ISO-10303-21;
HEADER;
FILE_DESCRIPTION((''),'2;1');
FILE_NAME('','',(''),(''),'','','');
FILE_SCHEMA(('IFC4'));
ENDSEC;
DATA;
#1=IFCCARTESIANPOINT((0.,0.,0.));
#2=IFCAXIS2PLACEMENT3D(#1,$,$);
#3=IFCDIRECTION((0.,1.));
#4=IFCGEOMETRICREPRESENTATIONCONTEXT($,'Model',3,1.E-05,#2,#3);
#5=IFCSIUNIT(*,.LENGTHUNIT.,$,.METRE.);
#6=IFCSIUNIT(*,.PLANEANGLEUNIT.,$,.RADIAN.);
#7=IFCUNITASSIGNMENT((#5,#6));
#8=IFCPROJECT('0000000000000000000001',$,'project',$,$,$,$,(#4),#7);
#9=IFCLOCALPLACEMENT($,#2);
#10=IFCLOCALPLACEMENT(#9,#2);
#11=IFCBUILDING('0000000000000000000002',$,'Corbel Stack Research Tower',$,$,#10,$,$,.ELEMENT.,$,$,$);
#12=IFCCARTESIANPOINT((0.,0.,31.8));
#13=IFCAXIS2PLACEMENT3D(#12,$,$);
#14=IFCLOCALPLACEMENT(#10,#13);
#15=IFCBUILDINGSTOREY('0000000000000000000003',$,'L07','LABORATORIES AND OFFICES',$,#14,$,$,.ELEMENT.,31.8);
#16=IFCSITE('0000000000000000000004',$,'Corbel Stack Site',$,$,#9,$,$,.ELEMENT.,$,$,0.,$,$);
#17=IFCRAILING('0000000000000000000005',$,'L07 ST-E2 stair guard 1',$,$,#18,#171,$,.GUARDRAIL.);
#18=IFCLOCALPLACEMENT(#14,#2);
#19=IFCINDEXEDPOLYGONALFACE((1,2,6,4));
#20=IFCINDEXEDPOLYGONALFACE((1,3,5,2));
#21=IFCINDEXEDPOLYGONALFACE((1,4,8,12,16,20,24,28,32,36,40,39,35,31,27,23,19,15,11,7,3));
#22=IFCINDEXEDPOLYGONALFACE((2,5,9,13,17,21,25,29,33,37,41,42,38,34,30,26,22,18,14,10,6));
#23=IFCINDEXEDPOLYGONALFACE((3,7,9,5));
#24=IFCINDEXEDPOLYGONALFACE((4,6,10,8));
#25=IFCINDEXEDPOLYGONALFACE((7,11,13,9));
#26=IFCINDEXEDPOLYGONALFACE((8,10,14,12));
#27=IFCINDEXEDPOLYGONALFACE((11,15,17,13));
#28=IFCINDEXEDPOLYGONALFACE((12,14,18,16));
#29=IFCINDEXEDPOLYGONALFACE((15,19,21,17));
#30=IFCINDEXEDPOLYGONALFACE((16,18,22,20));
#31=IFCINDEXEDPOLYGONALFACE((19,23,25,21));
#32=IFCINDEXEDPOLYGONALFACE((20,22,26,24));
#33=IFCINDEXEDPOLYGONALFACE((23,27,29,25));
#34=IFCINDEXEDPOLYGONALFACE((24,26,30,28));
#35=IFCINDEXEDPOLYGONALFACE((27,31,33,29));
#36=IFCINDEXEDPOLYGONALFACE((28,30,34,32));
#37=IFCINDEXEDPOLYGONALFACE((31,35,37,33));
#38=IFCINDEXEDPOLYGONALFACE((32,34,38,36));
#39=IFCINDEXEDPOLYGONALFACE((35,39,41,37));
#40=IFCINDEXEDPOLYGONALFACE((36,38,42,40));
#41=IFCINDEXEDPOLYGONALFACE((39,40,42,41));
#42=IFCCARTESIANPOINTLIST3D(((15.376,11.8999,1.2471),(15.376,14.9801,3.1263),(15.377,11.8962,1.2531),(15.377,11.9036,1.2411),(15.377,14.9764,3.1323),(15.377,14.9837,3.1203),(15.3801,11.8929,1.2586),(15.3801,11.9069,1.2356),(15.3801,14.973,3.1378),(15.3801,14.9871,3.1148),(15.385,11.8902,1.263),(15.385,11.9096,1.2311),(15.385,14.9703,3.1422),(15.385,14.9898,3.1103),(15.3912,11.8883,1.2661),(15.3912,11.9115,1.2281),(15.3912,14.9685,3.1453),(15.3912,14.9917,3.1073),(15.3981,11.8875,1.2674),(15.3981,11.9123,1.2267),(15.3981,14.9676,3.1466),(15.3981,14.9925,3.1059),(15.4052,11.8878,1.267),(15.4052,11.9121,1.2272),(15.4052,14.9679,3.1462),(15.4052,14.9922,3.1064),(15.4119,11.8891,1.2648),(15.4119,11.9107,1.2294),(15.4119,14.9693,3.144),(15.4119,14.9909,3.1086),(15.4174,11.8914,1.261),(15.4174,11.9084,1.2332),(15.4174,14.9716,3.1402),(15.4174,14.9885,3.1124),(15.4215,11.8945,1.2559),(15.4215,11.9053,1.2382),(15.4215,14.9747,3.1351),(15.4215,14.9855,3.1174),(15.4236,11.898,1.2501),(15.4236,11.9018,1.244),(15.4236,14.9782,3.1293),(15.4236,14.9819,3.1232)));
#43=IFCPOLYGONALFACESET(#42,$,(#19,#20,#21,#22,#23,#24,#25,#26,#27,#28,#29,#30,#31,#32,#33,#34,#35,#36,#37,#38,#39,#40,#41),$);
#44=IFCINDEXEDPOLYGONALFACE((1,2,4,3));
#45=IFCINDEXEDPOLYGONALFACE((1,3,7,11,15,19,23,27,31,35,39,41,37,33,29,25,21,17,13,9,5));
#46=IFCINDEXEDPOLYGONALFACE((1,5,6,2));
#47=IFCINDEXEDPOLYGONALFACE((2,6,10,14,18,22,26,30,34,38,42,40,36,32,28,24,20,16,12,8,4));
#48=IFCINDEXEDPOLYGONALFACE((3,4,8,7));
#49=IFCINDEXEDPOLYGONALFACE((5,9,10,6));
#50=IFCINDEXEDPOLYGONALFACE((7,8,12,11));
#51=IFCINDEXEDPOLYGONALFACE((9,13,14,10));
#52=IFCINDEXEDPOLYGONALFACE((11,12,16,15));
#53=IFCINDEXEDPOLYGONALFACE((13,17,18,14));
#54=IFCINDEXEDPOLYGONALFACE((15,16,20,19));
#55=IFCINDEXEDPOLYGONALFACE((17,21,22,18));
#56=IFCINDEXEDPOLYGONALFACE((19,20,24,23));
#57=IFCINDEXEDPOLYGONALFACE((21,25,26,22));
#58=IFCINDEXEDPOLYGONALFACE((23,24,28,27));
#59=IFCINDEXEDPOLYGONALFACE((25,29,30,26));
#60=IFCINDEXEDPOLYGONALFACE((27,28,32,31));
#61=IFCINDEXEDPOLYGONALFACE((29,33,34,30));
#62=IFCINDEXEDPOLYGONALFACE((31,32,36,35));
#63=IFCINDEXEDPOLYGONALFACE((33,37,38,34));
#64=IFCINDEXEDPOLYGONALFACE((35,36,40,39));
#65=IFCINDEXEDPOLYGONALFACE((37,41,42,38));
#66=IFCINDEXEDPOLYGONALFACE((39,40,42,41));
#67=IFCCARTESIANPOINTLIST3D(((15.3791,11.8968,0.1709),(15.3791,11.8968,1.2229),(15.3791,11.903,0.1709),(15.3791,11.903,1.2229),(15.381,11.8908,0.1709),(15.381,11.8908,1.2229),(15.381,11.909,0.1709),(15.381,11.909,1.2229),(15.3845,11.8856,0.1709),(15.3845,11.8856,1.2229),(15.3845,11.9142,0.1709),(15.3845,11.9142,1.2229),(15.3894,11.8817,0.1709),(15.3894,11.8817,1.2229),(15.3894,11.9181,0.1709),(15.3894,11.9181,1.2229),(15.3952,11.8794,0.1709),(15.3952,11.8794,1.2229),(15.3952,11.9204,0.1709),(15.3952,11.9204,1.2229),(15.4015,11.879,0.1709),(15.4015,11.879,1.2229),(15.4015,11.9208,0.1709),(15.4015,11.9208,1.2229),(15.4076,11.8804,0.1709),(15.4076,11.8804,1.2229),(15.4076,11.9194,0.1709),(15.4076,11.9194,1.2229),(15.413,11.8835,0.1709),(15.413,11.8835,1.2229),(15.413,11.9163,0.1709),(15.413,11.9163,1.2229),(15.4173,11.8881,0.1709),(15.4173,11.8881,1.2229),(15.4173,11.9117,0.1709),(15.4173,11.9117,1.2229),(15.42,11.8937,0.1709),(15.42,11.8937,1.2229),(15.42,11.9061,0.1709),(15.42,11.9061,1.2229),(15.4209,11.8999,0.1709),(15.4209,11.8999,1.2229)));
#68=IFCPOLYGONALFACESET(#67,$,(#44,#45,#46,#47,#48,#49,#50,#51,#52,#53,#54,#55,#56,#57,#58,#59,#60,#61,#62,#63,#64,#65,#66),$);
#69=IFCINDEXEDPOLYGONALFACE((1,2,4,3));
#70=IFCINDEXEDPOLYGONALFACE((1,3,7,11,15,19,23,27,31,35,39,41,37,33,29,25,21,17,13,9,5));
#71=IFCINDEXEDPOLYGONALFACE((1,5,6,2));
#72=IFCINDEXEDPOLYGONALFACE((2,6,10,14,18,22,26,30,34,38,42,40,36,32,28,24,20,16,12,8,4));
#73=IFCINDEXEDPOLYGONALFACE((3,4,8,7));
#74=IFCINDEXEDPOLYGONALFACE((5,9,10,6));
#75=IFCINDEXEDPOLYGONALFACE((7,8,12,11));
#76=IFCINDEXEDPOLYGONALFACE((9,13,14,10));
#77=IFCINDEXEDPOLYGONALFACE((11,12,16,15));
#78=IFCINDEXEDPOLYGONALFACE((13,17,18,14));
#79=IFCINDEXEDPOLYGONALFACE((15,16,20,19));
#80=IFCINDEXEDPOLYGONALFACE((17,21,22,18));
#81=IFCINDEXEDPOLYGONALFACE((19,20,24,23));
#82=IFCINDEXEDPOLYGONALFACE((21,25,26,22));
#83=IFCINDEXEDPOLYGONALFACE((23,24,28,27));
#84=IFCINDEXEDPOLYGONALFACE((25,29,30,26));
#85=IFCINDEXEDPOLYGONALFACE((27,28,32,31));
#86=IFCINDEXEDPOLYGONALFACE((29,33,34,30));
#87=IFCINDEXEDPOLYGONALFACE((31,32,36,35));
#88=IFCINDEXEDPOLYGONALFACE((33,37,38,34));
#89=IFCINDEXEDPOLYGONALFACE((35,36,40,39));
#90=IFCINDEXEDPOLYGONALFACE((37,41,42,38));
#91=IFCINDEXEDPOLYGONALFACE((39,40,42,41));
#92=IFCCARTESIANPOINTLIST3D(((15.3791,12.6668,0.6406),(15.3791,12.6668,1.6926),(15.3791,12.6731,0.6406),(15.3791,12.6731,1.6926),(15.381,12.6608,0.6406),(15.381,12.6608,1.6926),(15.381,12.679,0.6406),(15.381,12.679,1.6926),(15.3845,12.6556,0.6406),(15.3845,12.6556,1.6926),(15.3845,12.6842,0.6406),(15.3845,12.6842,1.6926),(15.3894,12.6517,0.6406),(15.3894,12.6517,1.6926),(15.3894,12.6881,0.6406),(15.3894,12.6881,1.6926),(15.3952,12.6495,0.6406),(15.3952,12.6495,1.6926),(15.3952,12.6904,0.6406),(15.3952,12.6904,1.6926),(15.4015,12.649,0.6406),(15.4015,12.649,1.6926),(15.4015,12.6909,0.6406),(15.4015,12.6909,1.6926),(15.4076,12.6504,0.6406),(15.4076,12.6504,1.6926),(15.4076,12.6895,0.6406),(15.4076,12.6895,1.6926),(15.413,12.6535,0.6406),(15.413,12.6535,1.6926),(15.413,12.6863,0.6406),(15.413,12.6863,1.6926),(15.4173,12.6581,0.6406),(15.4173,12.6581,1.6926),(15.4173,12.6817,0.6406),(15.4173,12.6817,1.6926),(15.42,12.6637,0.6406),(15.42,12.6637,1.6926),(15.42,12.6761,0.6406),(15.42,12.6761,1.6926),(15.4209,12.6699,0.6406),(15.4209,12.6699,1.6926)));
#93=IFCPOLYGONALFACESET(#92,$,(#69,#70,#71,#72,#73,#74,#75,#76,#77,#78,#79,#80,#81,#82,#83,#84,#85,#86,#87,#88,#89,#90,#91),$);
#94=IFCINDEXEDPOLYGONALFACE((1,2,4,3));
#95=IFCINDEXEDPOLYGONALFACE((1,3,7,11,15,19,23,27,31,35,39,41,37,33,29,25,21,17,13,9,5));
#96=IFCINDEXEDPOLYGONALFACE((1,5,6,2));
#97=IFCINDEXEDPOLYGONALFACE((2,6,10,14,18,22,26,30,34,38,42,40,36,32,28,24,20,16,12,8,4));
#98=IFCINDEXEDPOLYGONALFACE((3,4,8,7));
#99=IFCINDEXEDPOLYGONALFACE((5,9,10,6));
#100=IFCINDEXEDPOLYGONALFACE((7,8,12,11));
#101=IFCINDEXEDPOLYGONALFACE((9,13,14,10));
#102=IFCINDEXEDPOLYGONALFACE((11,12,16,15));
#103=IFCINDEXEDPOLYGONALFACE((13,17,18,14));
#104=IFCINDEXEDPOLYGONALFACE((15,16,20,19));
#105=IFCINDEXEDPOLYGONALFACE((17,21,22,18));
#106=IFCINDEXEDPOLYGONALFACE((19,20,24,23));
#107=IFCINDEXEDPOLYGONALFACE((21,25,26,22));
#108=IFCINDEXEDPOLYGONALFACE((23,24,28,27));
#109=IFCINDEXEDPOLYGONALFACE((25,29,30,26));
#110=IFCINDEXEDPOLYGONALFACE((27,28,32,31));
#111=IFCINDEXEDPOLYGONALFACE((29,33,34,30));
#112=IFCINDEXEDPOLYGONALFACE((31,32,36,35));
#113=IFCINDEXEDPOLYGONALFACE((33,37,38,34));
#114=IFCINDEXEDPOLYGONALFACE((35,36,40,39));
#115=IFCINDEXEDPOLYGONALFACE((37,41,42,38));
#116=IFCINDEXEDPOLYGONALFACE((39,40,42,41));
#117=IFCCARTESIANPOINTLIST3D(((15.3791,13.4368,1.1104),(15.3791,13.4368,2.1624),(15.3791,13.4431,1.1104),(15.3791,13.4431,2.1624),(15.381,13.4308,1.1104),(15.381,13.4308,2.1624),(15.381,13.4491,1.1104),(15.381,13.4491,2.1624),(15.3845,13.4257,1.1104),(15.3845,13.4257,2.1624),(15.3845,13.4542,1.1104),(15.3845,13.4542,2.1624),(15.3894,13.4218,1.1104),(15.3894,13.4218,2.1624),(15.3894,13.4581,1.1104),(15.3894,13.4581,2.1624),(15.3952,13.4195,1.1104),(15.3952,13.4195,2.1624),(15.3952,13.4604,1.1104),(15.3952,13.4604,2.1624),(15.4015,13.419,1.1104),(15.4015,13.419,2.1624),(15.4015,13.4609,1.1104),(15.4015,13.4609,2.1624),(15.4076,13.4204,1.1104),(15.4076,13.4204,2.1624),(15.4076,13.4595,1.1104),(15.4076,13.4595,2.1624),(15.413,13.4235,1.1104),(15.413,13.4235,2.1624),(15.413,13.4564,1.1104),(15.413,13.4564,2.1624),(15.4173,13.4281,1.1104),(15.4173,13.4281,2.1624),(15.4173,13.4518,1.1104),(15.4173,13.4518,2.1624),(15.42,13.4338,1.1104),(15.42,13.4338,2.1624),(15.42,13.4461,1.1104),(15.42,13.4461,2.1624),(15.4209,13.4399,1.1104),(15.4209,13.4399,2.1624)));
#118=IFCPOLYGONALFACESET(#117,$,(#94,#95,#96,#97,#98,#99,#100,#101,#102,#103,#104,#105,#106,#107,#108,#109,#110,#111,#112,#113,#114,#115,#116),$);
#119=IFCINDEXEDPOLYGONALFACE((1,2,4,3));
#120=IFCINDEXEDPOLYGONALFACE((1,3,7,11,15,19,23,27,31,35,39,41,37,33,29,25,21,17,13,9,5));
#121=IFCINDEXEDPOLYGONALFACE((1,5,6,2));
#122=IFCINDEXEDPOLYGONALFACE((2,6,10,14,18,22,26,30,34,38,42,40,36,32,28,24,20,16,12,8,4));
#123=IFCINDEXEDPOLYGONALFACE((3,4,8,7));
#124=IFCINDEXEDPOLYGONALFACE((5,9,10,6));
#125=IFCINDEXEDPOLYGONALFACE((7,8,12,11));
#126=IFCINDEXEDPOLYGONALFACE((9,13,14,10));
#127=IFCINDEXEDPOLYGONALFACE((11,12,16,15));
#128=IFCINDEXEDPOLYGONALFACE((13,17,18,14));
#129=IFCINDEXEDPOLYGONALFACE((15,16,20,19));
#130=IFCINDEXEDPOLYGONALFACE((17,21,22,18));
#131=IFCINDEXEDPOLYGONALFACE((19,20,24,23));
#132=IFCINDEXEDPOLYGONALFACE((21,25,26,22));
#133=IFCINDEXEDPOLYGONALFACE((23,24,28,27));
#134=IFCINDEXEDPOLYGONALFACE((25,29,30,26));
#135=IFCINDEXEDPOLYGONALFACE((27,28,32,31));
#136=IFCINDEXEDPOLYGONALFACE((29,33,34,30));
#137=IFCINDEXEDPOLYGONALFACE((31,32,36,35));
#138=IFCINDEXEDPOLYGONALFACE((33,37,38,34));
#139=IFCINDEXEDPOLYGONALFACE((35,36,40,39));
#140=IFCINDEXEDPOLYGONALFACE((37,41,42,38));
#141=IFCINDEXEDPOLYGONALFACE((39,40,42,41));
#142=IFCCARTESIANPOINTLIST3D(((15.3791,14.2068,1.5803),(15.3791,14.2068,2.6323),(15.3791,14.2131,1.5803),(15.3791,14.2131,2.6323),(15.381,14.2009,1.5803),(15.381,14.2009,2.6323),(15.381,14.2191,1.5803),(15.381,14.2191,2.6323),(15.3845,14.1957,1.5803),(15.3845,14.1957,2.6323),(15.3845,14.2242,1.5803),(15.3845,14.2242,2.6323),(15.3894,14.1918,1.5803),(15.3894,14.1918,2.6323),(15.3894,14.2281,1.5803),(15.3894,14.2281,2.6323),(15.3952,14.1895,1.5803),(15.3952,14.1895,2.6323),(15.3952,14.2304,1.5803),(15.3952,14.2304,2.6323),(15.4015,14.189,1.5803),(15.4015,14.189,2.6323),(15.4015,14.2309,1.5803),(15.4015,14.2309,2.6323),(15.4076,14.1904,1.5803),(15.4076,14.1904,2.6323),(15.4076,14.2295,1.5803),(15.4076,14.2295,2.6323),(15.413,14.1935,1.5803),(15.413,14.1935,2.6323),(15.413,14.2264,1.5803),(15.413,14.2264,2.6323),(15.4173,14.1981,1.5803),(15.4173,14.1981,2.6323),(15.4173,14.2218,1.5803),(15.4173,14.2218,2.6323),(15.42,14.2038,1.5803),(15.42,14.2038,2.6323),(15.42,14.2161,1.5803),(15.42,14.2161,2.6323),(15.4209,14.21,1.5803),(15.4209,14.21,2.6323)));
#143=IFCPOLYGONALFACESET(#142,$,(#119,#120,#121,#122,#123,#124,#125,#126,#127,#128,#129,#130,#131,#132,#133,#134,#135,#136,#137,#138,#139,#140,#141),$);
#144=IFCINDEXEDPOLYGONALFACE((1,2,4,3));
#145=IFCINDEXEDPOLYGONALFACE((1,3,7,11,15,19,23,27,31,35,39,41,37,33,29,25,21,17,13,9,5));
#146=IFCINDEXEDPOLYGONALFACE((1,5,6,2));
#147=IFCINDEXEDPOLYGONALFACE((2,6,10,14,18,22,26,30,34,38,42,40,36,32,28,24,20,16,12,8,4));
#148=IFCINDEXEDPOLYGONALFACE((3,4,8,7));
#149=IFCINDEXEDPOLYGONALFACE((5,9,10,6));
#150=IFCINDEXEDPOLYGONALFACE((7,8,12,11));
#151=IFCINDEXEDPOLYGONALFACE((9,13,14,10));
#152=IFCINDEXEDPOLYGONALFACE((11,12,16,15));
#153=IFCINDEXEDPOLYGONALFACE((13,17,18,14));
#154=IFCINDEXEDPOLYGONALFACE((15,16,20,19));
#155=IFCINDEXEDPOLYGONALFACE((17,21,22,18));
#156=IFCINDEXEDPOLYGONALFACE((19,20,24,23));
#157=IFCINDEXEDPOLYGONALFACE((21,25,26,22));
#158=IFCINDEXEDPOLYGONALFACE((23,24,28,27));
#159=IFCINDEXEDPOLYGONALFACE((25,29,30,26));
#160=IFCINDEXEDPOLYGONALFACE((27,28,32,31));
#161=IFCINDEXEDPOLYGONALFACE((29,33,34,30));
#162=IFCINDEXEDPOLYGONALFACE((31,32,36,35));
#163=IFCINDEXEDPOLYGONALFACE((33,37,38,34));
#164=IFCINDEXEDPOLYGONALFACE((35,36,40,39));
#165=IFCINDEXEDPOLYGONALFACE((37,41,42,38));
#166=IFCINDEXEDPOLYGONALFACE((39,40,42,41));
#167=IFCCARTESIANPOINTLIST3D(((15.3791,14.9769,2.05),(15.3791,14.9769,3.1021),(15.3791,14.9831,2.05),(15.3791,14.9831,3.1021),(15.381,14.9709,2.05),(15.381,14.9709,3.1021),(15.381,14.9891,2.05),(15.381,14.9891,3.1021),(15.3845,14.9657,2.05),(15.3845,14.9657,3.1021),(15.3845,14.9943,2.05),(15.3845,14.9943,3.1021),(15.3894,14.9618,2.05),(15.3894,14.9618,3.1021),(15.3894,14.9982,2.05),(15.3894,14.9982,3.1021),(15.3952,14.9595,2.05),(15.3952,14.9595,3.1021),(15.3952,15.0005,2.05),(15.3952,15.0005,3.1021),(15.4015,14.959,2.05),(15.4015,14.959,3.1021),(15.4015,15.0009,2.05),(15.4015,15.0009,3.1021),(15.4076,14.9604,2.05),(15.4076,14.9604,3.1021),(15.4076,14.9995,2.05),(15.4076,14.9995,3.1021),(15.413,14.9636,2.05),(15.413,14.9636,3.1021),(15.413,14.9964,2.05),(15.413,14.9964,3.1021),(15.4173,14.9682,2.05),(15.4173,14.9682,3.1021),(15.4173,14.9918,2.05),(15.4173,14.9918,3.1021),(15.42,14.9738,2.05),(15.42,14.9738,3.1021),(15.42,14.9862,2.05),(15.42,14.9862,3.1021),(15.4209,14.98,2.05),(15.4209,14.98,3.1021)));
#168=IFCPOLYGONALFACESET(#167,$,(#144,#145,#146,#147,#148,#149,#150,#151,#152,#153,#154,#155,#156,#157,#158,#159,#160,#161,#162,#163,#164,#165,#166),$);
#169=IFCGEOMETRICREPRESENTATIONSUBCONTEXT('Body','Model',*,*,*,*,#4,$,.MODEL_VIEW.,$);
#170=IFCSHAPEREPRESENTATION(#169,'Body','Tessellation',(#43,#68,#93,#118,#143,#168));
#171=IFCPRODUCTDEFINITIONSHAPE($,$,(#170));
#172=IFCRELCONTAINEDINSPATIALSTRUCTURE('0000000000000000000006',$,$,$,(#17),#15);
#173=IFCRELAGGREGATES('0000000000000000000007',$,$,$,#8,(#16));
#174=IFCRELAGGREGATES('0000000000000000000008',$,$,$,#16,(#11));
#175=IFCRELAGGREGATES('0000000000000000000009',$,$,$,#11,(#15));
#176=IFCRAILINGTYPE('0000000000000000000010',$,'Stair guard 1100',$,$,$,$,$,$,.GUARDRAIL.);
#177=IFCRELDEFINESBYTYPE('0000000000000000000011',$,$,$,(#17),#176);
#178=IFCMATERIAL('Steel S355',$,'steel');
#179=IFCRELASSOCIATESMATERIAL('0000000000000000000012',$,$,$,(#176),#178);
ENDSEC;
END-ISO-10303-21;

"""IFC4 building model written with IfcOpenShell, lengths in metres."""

from ifc_helpers import new_model, si_unit, direction, frame, origin, origin_2d, place, context, subcontext, project, spatial, circle, extrude, material, type_object, element, save


model = new_model("IFC4")

# Units and contexts
model_context = context("Model", 3, precision=1e-05, world=origin(), true_north=direction((0.0, 1.0)))
body_context = subcontext(model_context, "Body", "Model", "MODEL_VIEW")
ifc_project = project(units=[si_unit("LENGTHUNIT", "METRE"), si_unit("PLANEANGLEUNIT", "RADIAN")], contexts=[model_context])

# Site, building, storey
site_placement = place(None, origin())
site = spatial("IfcSite", under=ifc_project, at=site_placement, Name="Corbel Stack Site", CompositionType="ELEMENT", RefElevation=0.0)
building_placement = place(site_placement, origin())
building = spatial("IfcBuilding", under=site, at=building_placement, Name="Corbel Stack Research Tower", CompositionType="ELEMENT")
storey_placement = place(building_placement, frame((0.0, 0.0, 31.8)))
storey = spatial("IfcBuildingStorey", under=building, at=storey_placement, Name="L07", Description="LABORATORIES AND OFFICES", CompositionType="ELEMENT", Elevation=31.8)

# Railing
ifc_material_1 = material(Name="Steel S355", Category="steel")
railing_type_1 = type_object("IfcRailingType", Name="Stair guard 1100", PredefinedType="GUARDRAIL", material=ifc_material_1)
railing_1_placement = place(storey_placement, frame((15.3999, 11.8999, 0.1709)))
element("IfcRailing", 1, at=railing_1_placement, inside=storey, type_object=railing_type_1, Name="L07 ST-E2 stair guard 1", PredefinedType="GUARDRAIL", context=body_context, shape_type="SweptSolid", body=[
    extrude(circle(Radius=0.0239, at=origin_2d()), frame((0.0, 0.0, 1.0762), z_axis=(0.0, 0.853666, 0.52082), x_axis=(-1.0, 0.0, 0.0)), (0.0, 0.0, 1.0), 3.6082),
    extrude(circle(Radius=0.021, at=origin_2d()), origin(), (0.0, 0.0, 1.0), 1.052),
    extrude(circle(Radius=0.021, at=origin_2d()), frame((0.0, 0.77, 0.4697)), (0.0, 0.0, 1.0), 1.052),
    extrude(circle(Radius=0.021, at=origin_2d()), frame((0.0, 1.54, 0.9395)), (0.0, 0.0, 1.0), 1.052),
    extrude(circle(Radius=0.021, at=origin_2d()), frame((0.0, 2.3101, 1.4094)), (0.0, 0.0, 1.0), 1.052),
    extrude(circle(Radius=0.021, at=origin_2d()), frame((0.0, 3.0801, 1.8792)), (0.0, 0.0, 1.0), 1.052),
])

save(model, "model.ifc")
